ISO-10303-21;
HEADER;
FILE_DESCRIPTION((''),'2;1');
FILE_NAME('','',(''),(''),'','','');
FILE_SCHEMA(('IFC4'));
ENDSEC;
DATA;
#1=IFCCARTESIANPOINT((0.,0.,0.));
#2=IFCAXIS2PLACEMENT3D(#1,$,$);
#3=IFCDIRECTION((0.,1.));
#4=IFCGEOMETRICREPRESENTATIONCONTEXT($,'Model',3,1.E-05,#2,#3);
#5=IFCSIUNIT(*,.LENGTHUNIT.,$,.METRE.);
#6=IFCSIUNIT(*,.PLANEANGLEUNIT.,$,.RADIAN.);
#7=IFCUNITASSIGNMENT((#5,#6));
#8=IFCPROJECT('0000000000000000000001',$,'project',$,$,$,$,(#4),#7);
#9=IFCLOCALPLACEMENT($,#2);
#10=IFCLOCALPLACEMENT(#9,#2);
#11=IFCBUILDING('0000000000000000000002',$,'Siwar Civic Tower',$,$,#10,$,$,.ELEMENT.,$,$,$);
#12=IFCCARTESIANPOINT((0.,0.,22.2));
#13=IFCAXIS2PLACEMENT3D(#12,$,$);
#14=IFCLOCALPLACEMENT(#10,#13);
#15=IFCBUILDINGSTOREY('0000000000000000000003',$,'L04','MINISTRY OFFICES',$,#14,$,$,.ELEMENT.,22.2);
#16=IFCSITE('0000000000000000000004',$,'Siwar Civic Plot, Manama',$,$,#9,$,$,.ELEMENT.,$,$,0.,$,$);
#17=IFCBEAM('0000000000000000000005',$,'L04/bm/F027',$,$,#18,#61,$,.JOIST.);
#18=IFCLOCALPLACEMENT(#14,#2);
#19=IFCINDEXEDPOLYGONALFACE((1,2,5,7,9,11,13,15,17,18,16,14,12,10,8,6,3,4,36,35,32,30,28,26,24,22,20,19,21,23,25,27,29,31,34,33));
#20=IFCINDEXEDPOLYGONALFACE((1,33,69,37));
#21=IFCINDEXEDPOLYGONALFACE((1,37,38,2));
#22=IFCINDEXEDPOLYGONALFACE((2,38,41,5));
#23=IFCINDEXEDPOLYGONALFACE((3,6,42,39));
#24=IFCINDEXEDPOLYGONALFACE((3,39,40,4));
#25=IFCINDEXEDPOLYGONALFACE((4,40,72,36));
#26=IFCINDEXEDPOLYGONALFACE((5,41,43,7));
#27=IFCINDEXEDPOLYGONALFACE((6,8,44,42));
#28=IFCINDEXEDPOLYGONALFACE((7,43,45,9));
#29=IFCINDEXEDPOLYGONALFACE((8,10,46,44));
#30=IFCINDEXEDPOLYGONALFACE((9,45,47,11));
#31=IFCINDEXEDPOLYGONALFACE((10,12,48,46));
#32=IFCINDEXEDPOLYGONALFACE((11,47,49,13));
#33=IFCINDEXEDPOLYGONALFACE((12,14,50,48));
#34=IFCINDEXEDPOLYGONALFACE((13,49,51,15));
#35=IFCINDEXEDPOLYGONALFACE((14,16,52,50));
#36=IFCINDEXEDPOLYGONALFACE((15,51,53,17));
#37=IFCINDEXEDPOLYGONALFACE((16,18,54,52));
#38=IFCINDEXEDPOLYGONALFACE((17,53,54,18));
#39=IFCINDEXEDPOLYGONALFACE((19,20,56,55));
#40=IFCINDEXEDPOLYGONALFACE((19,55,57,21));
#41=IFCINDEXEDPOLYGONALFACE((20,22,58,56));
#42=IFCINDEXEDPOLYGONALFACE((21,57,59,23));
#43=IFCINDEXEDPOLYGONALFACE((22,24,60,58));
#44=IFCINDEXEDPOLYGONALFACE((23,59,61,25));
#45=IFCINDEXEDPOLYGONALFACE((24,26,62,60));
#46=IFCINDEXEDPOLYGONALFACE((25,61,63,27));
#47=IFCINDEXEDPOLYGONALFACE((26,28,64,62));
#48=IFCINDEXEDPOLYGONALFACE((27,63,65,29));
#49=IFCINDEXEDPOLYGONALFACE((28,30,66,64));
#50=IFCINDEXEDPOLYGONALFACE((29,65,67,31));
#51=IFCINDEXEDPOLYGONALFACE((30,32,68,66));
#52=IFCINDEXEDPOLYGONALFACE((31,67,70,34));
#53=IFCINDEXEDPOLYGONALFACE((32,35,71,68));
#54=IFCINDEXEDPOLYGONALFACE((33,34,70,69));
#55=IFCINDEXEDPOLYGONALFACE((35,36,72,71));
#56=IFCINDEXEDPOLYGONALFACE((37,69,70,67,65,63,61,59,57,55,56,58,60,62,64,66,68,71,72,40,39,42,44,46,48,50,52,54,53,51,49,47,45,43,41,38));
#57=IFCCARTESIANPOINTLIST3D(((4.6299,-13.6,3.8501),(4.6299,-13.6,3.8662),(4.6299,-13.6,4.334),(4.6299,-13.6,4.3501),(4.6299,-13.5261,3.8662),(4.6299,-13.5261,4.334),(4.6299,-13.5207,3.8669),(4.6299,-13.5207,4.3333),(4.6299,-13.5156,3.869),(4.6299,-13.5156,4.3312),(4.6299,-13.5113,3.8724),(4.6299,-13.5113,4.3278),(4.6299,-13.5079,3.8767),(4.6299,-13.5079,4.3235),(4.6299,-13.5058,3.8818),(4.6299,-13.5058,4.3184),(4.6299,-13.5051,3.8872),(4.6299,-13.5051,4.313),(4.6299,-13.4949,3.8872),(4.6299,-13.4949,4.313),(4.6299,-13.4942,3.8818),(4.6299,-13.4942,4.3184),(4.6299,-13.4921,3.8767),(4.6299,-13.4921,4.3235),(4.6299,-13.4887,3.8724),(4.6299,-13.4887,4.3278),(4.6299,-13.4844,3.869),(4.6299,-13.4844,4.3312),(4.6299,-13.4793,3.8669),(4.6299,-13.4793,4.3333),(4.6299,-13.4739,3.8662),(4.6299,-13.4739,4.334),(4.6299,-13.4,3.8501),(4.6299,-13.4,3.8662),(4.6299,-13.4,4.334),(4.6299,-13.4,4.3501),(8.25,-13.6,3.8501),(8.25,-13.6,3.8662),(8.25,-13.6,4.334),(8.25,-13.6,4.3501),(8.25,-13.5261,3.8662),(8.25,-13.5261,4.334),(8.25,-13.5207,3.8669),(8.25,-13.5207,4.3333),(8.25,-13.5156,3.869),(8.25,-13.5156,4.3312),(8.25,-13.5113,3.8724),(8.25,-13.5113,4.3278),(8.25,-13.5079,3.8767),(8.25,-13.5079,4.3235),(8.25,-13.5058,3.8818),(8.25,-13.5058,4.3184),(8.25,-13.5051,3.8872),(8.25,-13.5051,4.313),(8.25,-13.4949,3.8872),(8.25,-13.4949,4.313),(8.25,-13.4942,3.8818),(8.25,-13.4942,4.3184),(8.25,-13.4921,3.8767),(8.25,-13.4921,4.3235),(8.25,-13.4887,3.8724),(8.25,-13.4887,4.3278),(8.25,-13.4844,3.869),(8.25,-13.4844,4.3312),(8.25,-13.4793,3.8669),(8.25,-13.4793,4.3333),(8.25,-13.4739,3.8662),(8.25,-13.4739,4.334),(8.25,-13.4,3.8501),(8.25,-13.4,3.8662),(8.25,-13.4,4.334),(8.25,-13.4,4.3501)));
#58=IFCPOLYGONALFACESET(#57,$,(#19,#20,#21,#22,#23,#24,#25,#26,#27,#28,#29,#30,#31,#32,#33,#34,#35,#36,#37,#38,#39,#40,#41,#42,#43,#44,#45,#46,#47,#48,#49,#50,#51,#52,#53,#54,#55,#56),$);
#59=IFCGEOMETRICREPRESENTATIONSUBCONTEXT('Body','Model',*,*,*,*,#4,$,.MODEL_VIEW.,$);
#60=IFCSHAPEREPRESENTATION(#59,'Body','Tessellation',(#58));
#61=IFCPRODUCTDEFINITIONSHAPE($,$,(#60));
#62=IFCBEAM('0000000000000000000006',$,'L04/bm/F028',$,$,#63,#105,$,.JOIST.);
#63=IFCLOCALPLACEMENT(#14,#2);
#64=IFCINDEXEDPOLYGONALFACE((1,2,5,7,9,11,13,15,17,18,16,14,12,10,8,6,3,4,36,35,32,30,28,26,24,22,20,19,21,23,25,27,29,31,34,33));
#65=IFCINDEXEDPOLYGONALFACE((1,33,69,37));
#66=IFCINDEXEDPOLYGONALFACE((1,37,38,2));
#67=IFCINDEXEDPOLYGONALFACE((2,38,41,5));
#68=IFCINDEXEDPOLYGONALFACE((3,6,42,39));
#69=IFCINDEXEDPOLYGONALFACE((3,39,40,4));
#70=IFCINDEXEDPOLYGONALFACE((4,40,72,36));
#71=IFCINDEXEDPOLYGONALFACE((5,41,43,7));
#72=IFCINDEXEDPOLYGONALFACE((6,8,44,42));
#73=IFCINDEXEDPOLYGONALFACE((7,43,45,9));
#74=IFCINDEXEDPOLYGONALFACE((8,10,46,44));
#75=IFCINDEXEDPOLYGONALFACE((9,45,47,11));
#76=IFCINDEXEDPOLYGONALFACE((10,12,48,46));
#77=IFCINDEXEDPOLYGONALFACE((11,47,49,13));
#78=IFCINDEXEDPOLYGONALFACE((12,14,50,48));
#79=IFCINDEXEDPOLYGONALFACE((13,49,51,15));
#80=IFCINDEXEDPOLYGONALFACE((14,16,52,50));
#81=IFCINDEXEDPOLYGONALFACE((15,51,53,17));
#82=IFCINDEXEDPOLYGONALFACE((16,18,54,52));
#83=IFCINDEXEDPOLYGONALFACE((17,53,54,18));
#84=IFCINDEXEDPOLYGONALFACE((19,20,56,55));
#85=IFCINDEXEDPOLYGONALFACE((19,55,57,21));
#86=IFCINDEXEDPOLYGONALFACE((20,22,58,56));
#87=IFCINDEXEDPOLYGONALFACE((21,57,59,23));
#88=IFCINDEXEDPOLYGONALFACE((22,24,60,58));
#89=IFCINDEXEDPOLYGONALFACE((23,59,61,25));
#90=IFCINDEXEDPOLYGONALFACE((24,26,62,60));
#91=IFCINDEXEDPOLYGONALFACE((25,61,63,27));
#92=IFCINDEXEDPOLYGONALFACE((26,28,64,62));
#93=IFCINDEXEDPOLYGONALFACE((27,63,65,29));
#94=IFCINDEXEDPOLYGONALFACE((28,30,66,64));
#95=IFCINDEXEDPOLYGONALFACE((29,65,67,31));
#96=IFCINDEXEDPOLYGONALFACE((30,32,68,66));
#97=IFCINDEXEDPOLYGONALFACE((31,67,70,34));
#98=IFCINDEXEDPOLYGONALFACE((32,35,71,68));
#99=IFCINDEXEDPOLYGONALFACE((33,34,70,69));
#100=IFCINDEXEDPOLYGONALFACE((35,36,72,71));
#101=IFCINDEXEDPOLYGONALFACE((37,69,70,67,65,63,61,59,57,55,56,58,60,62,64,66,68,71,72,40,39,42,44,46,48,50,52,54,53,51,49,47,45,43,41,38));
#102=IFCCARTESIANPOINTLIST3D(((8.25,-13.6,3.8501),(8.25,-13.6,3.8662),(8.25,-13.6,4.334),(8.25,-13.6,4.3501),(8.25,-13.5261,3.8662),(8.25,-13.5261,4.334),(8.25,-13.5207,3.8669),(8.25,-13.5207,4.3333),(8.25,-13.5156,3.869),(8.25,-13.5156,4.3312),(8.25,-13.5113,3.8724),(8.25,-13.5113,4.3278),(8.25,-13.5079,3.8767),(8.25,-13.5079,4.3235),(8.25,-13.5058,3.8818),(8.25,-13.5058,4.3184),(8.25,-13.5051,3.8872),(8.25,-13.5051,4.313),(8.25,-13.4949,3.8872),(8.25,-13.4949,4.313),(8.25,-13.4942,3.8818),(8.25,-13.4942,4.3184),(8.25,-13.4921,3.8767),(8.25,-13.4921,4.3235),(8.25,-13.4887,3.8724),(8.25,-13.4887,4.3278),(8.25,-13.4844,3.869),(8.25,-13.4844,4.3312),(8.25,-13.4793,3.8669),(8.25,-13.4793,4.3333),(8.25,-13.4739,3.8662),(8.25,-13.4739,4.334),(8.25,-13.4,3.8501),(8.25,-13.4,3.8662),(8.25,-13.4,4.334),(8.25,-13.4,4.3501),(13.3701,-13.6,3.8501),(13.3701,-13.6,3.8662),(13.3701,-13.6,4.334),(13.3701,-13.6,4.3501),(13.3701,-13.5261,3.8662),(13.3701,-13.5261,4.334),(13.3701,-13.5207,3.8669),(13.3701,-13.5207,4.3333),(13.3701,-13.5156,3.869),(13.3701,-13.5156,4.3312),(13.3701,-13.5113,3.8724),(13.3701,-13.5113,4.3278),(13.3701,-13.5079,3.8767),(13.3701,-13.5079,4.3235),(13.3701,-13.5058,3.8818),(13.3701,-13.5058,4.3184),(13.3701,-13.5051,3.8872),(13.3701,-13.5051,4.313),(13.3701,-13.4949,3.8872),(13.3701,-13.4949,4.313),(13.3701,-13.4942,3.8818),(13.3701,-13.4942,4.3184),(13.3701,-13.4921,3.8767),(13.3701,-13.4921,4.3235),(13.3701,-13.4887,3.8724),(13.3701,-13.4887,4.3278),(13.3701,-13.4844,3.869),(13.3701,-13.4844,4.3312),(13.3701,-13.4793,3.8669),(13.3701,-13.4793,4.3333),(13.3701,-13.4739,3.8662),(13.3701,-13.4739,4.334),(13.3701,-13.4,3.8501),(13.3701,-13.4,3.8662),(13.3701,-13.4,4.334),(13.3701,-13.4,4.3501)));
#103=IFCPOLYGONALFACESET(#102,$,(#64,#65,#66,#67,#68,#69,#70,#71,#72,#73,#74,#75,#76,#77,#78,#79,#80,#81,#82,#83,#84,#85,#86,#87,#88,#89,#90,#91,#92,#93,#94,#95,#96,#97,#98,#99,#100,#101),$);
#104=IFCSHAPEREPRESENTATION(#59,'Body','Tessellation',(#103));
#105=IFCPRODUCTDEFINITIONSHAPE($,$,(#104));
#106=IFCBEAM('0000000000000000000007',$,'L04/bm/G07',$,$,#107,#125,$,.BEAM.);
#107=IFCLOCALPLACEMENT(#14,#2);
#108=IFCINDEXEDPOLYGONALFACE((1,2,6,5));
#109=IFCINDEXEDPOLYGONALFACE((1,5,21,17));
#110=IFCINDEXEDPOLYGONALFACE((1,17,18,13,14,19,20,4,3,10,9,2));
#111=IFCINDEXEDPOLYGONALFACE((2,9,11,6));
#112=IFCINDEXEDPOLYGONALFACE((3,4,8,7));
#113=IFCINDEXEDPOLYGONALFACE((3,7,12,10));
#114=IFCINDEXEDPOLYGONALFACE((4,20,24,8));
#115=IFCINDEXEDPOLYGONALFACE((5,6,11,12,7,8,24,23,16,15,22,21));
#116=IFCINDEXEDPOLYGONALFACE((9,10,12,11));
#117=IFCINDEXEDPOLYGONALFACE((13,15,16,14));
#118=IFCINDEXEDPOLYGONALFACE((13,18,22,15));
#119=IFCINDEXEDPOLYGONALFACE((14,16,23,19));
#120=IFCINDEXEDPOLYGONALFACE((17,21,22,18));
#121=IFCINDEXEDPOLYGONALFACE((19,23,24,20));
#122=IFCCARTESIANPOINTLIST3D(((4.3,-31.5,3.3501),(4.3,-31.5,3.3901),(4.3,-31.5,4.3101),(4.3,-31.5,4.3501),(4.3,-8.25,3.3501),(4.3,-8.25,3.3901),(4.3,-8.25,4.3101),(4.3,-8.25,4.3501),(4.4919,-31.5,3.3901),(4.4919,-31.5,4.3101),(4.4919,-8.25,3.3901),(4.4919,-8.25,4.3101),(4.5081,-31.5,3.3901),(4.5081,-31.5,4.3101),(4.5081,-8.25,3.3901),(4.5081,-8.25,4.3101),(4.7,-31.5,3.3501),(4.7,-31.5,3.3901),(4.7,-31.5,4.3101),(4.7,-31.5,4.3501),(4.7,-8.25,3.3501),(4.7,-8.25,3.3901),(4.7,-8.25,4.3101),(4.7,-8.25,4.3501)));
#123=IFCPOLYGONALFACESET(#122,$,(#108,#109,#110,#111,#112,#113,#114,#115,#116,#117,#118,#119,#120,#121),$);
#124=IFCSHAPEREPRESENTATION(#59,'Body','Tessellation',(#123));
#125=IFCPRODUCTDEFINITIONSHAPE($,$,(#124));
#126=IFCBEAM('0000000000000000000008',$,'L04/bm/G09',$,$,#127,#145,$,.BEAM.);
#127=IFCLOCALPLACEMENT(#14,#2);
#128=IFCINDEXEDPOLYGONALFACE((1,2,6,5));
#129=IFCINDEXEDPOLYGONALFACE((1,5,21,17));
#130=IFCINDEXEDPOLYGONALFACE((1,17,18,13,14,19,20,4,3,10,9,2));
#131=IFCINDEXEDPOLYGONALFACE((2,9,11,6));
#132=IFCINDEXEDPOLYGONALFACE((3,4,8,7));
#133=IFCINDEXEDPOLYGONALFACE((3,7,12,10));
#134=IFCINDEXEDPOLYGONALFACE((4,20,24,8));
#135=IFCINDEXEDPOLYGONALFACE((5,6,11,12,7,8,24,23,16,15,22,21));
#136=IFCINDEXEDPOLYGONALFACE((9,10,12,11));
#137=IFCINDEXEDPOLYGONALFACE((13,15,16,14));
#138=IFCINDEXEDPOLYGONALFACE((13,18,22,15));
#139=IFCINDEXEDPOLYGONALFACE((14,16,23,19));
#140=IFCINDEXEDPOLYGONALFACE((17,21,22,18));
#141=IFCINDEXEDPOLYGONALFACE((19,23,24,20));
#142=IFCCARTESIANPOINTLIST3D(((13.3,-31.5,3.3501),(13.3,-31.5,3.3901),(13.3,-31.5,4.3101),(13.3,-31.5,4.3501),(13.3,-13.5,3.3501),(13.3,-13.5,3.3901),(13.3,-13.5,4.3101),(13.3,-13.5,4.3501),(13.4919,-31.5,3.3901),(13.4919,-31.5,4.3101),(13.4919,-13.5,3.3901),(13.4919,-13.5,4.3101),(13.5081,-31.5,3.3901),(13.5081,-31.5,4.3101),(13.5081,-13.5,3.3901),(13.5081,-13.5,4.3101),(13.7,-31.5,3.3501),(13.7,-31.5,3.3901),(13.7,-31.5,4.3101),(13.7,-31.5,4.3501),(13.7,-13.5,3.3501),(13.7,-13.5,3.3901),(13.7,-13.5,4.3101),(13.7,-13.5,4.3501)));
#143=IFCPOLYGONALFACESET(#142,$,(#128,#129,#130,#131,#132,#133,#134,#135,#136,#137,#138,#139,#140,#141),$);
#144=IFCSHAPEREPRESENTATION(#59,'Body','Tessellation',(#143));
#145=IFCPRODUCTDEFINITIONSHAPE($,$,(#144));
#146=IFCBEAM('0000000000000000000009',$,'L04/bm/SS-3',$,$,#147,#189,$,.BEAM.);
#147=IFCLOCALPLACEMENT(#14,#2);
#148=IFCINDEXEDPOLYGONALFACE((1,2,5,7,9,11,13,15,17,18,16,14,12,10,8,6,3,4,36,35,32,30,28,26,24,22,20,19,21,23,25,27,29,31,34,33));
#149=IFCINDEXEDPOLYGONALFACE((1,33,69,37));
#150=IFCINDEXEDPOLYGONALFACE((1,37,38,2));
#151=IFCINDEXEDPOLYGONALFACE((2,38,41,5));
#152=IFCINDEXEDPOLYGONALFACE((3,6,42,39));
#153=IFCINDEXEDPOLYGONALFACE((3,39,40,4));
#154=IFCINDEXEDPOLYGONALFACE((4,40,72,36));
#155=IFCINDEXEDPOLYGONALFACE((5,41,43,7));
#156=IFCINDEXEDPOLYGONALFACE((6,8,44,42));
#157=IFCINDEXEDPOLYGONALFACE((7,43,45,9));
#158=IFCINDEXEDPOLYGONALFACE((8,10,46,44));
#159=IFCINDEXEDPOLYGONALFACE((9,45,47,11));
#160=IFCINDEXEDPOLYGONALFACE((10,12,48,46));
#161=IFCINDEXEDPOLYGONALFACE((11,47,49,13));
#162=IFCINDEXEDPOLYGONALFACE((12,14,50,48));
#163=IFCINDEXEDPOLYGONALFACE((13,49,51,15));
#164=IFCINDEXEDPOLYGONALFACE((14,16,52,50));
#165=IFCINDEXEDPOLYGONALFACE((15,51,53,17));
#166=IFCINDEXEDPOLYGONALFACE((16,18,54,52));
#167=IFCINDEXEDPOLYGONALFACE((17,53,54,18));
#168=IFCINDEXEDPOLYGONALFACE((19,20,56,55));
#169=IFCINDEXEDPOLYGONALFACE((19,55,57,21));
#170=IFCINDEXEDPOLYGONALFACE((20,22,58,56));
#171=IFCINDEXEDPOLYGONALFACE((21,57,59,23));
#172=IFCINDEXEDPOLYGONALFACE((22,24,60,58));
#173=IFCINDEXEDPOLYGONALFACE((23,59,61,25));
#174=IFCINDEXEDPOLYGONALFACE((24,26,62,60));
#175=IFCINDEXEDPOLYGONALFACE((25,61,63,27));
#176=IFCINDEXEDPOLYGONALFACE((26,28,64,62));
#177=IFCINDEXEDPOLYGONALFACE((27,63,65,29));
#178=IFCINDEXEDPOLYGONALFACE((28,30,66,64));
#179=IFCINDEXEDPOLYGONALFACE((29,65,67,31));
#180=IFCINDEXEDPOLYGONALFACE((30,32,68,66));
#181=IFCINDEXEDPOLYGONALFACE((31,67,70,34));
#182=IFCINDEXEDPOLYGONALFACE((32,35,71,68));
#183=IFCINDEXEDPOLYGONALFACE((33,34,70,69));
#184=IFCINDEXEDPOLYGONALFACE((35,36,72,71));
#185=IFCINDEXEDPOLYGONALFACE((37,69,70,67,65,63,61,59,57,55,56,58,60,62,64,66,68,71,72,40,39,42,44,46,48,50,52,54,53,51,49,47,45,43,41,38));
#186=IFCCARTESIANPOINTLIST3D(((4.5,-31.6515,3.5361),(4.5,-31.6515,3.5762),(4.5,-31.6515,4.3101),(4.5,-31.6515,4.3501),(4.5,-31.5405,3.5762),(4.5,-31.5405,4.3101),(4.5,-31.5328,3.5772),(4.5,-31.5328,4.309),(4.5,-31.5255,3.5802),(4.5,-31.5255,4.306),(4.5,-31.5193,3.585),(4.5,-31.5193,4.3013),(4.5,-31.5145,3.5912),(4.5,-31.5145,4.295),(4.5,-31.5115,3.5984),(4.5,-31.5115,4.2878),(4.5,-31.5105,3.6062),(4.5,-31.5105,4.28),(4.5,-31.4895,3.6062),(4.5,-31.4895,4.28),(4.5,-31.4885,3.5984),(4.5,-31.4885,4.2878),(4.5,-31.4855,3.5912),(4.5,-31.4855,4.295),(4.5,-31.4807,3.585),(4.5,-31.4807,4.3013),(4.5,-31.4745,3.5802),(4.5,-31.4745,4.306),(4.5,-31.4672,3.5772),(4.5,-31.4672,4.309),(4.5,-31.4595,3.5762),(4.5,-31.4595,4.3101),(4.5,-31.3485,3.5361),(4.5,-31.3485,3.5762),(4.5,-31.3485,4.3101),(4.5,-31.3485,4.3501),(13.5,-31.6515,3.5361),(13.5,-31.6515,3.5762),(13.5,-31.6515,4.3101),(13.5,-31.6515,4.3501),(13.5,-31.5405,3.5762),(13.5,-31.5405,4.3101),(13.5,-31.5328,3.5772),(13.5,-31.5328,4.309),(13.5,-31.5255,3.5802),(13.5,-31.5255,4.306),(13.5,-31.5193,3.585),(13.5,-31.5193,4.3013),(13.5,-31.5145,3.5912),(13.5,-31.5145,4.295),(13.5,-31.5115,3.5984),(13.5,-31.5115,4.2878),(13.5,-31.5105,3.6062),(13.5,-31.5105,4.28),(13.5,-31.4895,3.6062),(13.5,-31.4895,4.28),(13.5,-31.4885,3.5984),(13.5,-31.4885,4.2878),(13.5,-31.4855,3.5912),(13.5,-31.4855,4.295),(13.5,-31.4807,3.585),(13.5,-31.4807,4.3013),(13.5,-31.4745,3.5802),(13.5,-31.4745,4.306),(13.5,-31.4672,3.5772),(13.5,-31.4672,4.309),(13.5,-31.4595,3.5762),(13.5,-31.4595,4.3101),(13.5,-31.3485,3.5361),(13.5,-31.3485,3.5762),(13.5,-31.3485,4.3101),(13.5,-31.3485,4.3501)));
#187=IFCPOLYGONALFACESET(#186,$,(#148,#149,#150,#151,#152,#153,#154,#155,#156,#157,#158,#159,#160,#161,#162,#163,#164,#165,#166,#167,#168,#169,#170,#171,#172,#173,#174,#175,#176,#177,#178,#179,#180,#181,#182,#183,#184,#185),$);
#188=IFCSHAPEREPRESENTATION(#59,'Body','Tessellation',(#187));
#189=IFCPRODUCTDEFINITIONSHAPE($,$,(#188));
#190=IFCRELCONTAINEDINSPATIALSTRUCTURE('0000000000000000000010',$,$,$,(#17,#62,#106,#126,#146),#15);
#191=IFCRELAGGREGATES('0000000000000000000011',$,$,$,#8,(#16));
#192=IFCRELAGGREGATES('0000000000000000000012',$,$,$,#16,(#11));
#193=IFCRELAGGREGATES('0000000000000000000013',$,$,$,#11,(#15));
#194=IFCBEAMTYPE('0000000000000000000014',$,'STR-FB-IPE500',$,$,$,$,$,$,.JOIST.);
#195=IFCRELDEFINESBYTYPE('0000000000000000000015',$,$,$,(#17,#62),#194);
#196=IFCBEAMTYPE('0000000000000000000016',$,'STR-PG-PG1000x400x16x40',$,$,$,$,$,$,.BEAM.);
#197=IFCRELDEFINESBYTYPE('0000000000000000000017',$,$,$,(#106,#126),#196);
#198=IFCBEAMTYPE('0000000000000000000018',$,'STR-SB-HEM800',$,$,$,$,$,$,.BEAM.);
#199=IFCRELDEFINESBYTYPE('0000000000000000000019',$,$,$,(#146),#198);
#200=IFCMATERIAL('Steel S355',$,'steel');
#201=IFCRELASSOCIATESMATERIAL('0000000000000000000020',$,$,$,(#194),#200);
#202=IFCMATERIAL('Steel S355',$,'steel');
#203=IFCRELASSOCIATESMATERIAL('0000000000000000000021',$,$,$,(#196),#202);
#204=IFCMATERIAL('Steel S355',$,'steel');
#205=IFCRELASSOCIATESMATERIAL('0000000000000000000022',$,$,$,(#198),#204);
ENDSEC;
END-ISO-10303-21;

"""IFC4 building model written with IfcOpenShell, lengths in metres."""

from ifc_helpers import new_model, si_unit, direction, frame, origin, origin_2d, place, context, subcontext, project, spatial, i_section, extrude, material, material_profile, profile_set, type_object, element, save


model = new_model("IFC4")

# Units and contexts
model_context = context("Model", 3, precision=1e-05, world=origin(), true_north=direction((0.0, 1.0)))
body_context = subcontext(model_context, "Body", "Model", "MODEL_VIEW")
ifc_project = project(units=[si_unit("LENGTHUNIT", "METRE"), si_unit("PLANEANGLEUNIT", "RADIAN")], contexts=[model_context])

# Site, building, storey
site_placement = place(None, origin())
site = spatial("IfcSite", under=ifc_project, at=site_placement, Name="Siwar Civic Plot, Manama", CompositionType="ELEMENT", RefElevation=0.0)
building_placement = place(site_placement, origin())
building = spatial("IfcBuilding", under=site, at=building_placement, Name="Siwar Civic Tower", CompositionType="ELEMENT")
storey_placement = place(building_placement, frame((0.0, 0.0, 22.2)))
storey = spatial("IfcBuildingStorey", under=building, at=storey_placement, Name="L04", Description="MINISTRY OFFICES", CompositionType="ELEMENT", Elevation=22.2)

# Beams
ifc_material_1 = material(Name="Steel S355", Category="steel")
ifc_material_profile_1 = material_profile(ifc_material_1, i_section(OverallWidth=0.2, OverallDepth=0.5, WebThickness=0.0103, FlangeThickness=0.0161, FilletRadius=0.021, at=origin_2d()), Name="IPE500")
ifc_profile_set_1 = profile_set([ifc_material_profile_1], Name="Steel S355")
beam_type_1 = type_object("IfcBeamType", Name="STR-FB-IPE500", PredefinedType="JOIST", material=ifc_profile_set_1)
beam_1_placement = place(storey_placement, frame((4.6299, -13.5, 4.1001), z_axis=(1.0, 0.0, 0.0), x_axis=(0.0, 1.0, 0.0)))
element("IfcBeam", 1, at=beam_1_placement, inside=storey, type_object=beam_type_1, Name="L04/bm/F027", PredefinedType="JOIST", context=body_context, shape_type="SweptSolid", body=[
    extrude(i_section(OverallWidth=0.2, OverallDepth=0.5, WebThickness=0.0103, FlangeThickness=0.0161, FilletRadius=0.021, at=origin_2d()), origin(), (0.0, 0.0, 1.0), 3.6201),
])
beam_2_placement = place(storey_placement, frame((8.25, -13.5, 4.1001), z_axis=(1.0, 0.0, 0.0), x_axis=(0.0, 1.0, 0.0)))
element("IfcBeam", 2, at=beam_2_placement, inside=storey, type_object=beam_type_1, Name="L04/bm/F028", PredefinedType="JOIST", context=body_context, shape_type="SweptSolid", body=[
    extrude(i_section(OverallWidth=0.2, OverallDepth=0.5, WebThickness=0.0103, FlangeThickness=0.0161, FilletRadius=0.021, at=origin_2d()), origin(), (0.0, 0.0, 1.0), 5.1201),
])
ifc_material_2 = material(Name="Steel S355", Category="steel")
ifc_material_profile_2 = material_profile(ifc_material_2, i_section(OverallWidth=0.3999, OverallDepth=1.0, WebThickness=0.0161, FlangeThickness=0.04, at=origin_2d()), Name="PG1000x400x16x40")
ifc_profile_set_2 = profile_set([ifc_material_profile_2], Name="Steel S355")
beam_type_2 = type_object("IfcBeamType", Name="STR-PG-PG1000x400x16x40", PredefinedType="BEAM", material=ifc_profile_set_2)
beam_3_placement = place(storey_placement, frame((4.5, -31.5, 3.8501), z_axis=(0.0, 1.0, 0.0), x_axis=(-1.0, 0.0, 0.0)))
element("IfcBeam", 3, at=beam_3_placement, inside=storey, type_object=beam_type_2, Name="L04/bm/G07", PredefinedType="BEAM", context=body_context, shape_type="SweptSolid", body=[
    extrude(i_section(OverallWidth=0.3999, OverallDepth=1.0, WebThickness=0.0161, FlangeThickness=0.04, at=origin_2d()), origin(), (0.0, 0.0, 1.0), 23.25),
])
beam_4_placement = place(storey_placement, frame((13.5, -31.5, 3.8501), z_axis=(0.0, 1.0, 0.0), x_axis=(-1.0, 0.0, 0.0)))
element("IfcBeam", 4, at=beam_4_placement, inside=storey, type_object=beam_type_2, Name="L04/bm/G09", PredefinedType="BEAM", context=body_context, shape_type="SweptSolid", body=[
    extrude(i_section(OverallWidth=0.3999, OverallDepth=1.0, WebThickness=0.0161, FlangeThickness=0.04, at=origin_2d()), origin(), (0.0, 0.0, 1.0), 18.0),
])
ifc_material_3 = material(Name="Steel S355", Category="steel")
ifc_material_profile_3 = material_profile(ifc_material_3, i_section(OverallWidth=0.303, OverallDepth=0.814, WebThickness=0.021, FlangeThickness=0.04, FilletRadius=0.03, at=origin_2d()), Name="HEM800")
ifc_profile_set_3 = profile_set([ifc_material_profile_3], Name="Steel S355")
beam_type_3 = type_object("IfcBeamType", Name="STR-SB-HEM800", PredefinedType="BEAM", material=ifc_profile_set_3)
for number, where, z_axis, x_axis, name in (
    (5, (4.5, -31.5, 3.9431), (1.0, 0.0, 0.0), (0.0, 1.0, 0.0), "L04/bm/SS-3"),
):
    element("IfcBeam", number, at=place(storey_placement, frame(where, z_axis=z_axis, x_axis=x_axis)), inside=storey, type_object=beam_type_3, Name=name, PredefinedType="BEAM", context=body_context, shape_type="SweptSolid", body=[
        extrude(i_section(OverallWidth=0.303, OverallDepth=0.814, WebThickness=0.021, FlangeThickness=0.04, FilletRadius=0.03, at=origin_2d()), origin(), (0.0, 0.0, 1.0), 9.0),
    ])

save(model, "model.ifc")
